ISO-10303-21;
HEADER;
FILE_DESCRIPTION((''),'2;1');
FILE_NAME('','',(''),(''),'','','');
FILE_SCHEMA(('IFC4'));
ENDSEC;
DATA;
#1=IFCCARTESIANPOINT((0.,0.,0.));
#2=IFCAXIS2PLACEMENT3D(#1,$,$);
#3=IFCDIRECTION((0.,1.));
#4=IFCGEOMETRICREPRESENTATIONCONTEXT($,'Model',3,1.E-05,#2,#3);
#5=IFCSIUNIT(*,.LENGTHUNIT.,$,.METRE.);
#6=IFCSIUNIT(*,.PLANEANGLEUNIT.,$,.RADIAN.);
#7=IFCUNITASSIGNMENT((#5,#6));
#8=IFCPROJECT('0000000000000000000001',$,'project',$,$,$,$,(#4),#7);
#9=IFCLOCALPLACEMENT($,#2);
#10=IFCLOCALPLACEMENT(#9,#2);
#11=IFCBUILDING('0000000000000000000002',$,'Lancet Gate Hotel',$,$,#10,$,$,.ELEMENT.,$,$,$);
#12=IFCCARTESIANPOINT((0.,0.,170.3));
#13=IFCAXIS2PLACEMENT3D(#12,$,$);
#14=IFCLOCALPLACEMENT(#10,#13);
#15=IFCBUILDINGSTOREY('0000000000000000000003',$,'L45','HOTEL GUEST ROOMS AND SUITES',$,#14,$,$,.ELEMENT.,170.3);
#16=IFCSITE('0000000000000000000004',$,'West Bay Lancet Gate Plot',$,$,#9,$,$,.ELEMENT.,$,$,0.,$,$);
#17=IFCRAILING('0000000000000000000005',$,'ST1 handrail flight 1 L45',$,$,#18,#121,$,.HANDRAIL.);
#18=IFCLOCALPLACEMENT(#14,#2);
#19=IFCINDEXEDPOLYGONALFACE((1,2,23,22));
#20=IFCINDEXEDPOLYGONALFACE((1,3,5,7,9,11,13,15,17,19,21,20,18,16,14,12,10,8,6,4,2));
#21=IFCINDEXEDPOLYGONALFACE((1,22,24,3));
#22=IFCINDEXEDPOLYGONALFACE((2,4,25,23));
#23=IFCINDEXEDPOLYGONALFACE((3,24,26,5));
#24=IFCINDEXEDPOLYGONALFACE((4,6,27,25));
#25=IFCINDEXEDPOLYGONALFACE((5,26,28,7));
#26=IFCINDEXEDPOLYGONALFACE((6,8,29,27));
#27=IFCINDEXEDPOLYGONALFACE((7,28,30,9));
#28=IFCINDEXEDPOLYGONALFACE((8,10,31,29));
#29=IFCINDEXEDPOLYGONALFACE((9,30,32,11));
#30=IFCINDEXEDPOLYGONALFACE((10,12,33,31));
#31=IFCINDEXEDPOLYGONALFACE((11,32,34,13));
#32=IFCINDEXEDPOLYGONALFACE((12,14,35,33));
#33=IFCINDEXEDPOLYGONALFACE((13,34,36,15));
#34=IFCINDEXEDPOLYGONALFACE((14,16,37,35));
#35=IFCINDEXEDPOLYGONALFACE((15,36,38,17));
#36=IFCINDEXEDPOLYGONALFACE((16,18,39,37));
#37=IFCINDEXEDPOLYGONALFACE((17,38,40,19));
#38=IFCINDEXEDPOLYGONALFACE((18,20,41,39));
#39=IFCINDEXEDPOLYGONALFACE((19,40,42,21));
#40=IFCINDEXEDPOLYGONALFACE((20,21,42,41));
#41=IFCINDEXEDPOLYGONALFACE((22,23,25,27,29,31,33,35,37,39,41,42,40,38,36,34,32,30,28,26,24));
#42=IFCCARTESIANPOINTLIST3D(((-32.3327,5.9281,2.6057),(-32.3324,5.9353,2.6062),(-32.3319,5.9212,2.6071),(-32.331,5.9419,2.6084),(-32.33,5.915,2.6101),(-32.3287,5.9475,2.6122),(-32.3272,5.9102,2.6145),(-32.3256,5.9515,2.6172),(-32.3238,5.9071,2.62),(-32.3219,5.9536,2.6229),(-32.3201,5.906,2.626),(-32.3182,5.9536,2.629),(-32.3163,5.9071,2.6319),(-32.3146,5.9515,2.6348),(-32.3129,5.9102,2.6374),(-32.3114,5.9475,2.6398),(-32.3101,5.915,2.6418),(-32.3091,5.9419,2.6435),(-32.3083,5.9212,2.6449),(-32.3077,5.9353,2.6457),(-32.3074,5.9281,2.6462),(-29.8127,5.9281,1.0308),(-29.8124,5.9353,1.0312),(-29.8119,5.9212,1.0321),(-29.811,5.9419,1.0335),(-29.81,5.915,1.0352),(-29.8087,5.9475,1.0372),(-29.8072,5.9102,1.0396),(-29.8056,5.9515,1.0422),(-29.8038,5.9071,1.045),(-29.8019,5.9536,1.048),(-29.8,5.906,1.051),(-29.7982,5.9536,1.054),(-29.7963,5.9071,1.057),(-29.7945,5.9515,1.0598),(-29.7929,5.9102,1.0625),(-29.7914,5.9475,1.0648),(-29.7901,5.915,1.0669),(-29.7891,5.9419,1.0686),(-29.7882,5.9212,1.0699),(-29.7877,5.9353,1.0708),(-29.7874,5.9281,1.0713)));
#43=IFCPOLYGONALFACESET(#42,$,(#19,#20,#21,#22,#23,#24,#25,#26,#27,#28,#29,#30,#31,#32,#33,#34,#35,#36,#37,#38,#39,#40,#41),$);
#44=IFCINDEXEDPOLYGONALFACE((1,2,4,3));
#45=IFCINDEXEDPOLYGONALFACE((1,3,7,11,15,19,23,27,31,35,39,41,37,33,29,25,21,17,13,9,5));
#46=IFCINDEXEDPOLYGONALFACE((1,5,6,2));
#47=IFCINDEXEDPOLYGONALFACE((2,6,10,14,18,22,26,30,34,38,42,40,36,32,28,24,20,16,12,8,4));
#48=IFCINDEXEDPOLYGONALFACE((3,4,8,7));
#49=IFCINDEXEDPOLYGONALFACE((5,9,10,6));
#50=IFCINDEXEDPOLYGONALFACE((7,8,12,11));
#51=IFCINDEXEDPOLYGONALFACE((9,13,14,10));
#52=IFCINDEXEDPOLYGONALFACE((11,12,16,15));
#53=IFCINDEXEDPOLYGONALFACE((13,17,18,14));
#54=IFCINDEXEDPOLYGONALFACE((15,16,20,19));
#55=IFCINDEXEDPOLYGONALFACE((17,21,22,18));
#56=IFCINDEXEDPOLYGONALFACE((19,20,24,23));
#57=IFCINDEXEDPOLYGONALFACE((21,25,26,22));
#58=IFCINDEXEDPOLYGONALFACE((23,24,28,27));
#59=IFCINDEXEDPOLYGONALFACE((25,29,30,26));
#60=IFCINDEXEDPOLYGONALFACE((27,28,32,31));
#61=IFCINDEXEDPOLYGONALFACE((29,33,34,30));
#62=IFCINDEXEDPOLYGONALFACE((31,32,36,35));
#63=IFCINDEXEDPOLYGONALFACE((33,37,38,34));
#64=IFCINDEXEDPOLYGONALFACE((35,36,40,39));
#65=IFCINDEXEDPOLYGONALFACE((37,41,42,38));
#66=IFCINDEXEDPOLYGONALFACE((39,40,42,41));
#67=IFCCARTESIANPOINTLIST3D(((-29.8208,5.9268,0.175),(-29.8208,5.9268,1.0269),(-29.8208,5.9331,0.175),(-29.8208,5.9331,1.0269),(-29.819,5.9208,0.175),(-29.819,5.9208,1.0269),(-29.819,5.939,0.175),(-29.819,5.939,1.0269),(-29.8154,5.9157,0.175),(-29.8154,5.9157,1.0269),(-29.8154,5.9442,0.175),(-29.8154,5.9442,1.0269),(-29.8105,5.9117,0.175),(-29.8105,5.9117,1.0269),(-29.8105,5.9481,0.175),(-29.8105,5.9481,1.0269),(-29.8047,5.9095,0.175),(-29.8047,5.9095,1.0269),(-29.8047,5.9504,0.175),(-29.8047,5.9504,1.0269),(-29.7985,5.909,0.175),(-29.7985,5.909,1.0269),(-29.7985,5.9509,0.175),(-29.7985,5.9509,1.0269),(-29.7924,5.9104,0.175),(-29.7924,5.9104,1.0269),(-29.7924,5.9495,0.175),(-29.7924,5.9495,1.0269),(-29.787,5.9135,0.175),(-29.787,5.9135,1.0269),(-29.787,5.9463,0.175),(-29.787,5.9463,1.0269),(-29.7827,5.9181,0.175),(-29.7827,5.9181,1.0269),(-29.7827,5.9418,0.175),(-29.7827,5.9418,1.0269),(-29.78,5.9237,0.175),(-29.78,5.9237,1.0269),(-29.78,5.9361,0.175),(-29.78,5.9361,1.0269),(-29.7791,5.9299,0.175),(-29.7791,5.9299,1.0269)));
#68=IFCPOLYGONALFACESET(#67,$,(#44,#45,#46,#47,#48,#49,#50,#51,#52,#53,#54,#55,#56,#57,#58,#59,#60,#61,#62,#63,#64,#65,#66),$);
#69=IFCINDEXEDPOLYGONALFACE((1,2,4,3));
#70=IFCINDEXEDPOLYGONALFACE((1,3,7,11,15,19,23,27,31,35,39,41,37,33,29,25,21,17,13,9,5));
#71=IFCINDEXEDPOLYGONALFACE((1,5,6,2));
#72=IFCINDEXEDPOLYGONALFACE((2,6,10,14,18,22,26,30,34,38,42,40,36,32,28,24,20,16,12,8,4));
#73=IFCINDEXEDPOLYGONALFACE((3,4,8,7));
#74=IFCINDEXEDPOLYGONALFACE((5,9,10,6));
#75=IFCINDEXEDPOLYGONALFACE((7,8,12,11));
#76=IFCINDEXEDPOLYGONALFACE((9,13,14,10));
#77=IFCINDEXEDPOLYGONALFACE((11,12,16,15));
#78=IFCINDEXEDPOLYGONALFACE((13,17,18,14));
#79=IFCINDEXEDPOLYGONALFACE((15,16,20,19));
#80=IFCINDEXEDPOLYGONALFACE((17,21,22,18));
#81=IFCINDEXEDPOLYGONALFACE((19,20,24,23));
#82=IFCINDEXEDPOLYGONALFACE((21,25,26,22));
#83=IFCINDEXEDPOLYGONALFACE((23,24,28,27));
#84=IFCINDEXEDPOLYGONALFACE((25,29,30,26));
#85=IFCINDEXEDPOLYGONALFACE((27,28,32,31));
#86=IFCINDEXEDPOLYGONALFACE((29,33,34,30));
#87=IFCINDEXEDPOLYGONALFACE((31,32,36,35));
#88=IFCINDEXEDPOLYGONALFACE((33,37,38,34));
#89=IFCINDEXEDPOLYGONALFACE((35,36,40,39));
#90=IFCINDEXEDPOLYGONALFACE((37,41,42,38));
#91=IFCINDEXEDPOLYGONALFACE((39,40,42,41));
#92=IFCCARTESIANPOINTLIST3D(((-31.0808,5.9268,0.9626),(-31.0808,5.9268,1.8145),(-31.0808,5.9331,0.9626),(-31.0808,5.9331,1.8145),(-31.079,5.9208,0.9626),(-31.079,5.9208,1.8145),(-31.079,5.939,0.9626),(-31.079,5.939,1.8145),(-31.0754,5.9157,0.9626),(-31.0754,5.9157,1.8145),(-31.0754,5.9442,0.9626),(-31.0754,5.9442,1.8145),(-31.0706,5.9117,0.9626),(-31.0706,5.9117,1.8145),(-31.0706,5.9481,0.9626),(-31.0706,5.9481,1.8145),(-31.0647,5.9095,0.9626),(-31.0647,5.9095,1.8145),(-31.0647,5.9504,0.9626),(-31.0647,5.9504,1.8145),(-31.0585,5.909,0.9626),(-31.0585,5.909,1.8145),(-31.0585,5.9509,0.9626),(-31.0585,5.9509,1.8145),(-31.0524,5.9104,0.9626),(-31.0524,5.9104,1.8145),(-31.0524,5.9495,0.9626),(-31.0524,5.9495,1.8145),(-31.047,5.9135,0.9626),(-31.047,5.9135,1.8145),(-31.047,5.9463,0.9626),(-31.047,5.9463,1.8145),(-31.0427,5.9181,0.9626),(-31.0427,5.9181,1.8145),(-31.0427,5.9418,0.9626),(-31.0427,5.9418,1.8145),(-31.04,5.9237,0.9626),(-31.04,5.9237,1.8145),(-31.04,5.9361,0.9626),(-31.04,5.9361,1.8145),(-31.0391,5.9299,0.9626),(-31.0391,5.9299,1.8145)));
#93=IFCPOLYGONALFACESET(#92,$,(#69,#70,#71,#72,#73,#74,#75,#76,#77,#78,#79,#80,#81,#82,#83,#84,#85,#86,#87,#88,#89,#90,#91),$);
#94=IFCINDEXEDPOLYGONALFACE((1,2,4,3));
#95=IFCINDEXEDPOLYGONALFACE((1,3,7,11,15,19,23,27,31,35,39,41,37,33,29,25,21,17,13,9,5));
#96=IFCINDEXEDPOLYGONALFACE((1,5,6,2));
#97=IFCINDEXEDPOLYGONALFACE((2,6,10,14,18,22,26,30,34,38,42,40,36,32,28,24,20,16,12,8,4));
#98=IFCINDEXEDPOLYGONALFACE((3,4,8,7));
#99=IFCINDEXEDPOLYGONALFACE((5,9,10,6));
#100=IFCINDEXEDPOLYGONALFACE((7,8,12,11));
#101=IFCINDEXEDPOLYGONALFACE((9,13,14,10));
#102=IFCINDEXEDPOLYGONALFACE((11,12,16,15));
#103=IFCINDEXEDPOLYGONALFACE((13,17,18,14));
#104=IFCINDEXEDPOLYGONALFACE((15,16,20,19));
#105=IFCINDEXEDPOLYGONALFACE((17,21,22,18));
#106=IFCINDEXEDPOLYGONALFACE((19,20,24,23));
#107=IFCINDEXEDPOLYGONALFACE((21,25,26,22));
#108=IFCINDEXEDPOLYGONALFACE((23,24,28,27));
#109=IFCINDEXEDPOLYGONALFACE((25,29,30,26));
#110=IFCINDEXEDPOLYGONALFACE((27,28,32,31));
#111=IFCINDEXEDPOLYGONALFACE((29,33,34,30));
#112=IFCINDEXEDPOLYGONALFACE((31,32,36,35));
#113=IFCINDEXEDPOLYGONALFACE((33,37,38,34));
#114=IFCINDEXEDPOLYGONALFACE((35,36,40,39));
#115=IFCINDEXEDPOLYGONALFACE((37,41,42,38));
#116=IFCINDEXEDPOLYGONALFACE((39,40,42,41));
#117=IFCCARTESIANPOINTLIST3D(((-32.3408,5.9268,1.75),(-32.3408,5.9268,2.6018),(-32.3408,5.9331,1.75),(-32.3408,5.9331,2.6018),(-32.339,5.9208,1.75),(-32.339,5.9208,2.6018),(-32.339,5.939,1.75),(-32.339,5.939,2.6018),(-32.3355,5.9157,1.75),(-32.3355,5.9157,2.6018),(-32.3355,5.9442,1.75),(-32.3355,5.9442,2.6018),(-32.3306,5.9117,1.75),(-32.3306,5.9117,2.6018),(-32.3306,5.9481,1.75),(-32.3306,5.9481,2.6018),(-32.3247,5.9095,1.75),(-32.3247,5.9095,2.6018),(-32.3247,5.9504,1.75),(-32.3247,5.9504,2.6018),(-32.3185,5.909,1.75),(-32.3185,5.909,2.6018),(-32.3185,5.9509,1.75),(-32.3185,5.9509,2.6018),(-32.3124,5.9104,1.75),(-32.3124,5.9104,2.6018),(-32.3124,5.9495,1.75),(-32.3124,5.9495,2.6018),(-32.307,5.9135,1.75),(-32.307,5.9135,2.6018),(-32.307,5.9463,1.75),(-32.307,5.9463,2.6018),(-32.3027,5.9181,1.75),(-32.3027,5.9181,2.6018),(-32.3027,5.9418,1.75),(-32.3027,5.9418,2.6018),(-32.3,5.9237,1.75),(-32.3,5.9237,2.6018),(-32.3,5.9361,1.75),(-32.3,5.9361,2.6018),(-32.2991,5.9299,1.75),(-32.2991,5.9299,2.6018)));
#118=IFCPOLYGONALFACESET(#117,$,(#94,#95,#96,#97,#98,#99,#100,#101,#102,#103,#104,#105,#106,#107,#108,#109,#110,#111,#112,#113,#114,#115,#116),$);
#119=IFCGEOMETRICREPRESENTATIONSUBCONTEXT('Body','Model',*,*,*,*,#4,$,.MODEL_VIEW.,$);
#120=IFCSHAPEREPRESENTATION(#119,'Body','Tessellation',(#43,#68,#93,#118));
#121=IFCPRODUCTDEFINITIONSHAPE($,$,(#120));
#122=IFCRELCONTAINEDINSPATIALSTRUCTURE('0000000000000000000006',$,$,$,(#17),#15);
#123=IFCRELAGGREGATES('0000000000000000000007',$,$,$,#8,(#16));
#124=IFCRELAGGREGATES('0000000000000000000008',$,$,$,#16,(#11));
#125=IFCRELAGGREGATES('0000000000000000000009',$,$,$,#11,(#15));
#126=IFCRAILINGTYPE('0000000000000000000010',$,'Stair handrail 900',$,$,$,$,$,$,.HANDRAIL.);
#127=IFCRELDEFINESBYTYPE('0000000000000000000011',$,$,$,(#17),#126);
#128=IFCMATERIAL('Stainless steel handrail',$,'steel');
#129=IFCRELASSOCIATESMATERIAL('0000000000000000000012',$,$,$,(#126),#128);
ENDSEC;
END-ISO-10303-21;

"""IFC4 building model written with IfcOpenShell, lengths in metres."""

from ifc_helpers import new_model, si_unit, direction, frame, origin, origin_2d, place, context, subcontext, project, spatial, circle, extrude, material, type_object, element, save


model = new_model("IFC4")

# Units and contexts
model_context = context("Model", 3, precision=1e-05, world=origin(), true_north=direction((0.0, 1.0)))
body_context = subcontext(model_context, "Body", "Model", "MODEL_VIEW")
ifc_project = project(units=[si_unit("LENGTHUNIT", "METRE"), si_unit("PLANEANGLEUNIT", "RADIAN")], contexts=[model_context])

# Site, building, storey
site_placement = place(None, origin())
site = spatial("IfcSite", under=ifc_project, at=site_placement, Name="West Bay Lancet Gate Plot", CompositionType="ELEMENT", RefElevation=0.0)
building_placement = place(site_placement, origin())
building = spatial("IfcBuilding", under=site, at=building_placement, Name="Lancet Gate Hotel", CompositionType="ELEMENT")
storey_placement = place(building_placement, frame((0.0, 0.0, 170.3)))
storey = spatial("IfcBuildingStorey", under=building, at=storey_placement, Name="L45", Description="HOTEL GUEST ROOMS AND SUITES", CompositionType="ELEMENT", Elevation=170.3)

# Railing
ifc_material_1 = material(Name="Stainless steel handrail", Category="steel")
railing_type = type_object("IfcRailingType", Name="Stair handrail 900", PredefinedType="HANDRAIL", material=ifc_material_1)
railing_1_placement = place(storey_placement, frame((-29.8, 5.9299, 0.175)))
element("IfcRailing", 1, at=railing_1_placement, inside=storey, type_object=railing_type, Name="ST1 handrail flight 1 L45", PredefinedType="HANDRAIL", context=body_context, shape_type="SweptSolid", body=[
    extrude(circle(Radius=0.0239, at=origin_2d()), frame((0.0, 0.0, 0.876), z_axis=(-0.848008, 0.0, 0.529984), x_axis=(0.0, -1.0, 0.0)), (0.0, 0.0, 1.0), 2.9717),
    extrude(circle(Radius=0.021, at=origin_2d()), origin(), (0.0, 0.0, 1.0), 0.8518),
    extrude(circle(Radius=0.021, at=origin_2d()), frame((-1.26, 0.0, 0.7876)), (0.0, 0.0, 1.0), 0.8518),
    extrude(circle(Radius=0.021, at=origin_2d()), frame((-2.52, 0.0, 1.575)), (0.0, 0.0, 1.0), 0.8518),
])

save(model, "model.ifc")
